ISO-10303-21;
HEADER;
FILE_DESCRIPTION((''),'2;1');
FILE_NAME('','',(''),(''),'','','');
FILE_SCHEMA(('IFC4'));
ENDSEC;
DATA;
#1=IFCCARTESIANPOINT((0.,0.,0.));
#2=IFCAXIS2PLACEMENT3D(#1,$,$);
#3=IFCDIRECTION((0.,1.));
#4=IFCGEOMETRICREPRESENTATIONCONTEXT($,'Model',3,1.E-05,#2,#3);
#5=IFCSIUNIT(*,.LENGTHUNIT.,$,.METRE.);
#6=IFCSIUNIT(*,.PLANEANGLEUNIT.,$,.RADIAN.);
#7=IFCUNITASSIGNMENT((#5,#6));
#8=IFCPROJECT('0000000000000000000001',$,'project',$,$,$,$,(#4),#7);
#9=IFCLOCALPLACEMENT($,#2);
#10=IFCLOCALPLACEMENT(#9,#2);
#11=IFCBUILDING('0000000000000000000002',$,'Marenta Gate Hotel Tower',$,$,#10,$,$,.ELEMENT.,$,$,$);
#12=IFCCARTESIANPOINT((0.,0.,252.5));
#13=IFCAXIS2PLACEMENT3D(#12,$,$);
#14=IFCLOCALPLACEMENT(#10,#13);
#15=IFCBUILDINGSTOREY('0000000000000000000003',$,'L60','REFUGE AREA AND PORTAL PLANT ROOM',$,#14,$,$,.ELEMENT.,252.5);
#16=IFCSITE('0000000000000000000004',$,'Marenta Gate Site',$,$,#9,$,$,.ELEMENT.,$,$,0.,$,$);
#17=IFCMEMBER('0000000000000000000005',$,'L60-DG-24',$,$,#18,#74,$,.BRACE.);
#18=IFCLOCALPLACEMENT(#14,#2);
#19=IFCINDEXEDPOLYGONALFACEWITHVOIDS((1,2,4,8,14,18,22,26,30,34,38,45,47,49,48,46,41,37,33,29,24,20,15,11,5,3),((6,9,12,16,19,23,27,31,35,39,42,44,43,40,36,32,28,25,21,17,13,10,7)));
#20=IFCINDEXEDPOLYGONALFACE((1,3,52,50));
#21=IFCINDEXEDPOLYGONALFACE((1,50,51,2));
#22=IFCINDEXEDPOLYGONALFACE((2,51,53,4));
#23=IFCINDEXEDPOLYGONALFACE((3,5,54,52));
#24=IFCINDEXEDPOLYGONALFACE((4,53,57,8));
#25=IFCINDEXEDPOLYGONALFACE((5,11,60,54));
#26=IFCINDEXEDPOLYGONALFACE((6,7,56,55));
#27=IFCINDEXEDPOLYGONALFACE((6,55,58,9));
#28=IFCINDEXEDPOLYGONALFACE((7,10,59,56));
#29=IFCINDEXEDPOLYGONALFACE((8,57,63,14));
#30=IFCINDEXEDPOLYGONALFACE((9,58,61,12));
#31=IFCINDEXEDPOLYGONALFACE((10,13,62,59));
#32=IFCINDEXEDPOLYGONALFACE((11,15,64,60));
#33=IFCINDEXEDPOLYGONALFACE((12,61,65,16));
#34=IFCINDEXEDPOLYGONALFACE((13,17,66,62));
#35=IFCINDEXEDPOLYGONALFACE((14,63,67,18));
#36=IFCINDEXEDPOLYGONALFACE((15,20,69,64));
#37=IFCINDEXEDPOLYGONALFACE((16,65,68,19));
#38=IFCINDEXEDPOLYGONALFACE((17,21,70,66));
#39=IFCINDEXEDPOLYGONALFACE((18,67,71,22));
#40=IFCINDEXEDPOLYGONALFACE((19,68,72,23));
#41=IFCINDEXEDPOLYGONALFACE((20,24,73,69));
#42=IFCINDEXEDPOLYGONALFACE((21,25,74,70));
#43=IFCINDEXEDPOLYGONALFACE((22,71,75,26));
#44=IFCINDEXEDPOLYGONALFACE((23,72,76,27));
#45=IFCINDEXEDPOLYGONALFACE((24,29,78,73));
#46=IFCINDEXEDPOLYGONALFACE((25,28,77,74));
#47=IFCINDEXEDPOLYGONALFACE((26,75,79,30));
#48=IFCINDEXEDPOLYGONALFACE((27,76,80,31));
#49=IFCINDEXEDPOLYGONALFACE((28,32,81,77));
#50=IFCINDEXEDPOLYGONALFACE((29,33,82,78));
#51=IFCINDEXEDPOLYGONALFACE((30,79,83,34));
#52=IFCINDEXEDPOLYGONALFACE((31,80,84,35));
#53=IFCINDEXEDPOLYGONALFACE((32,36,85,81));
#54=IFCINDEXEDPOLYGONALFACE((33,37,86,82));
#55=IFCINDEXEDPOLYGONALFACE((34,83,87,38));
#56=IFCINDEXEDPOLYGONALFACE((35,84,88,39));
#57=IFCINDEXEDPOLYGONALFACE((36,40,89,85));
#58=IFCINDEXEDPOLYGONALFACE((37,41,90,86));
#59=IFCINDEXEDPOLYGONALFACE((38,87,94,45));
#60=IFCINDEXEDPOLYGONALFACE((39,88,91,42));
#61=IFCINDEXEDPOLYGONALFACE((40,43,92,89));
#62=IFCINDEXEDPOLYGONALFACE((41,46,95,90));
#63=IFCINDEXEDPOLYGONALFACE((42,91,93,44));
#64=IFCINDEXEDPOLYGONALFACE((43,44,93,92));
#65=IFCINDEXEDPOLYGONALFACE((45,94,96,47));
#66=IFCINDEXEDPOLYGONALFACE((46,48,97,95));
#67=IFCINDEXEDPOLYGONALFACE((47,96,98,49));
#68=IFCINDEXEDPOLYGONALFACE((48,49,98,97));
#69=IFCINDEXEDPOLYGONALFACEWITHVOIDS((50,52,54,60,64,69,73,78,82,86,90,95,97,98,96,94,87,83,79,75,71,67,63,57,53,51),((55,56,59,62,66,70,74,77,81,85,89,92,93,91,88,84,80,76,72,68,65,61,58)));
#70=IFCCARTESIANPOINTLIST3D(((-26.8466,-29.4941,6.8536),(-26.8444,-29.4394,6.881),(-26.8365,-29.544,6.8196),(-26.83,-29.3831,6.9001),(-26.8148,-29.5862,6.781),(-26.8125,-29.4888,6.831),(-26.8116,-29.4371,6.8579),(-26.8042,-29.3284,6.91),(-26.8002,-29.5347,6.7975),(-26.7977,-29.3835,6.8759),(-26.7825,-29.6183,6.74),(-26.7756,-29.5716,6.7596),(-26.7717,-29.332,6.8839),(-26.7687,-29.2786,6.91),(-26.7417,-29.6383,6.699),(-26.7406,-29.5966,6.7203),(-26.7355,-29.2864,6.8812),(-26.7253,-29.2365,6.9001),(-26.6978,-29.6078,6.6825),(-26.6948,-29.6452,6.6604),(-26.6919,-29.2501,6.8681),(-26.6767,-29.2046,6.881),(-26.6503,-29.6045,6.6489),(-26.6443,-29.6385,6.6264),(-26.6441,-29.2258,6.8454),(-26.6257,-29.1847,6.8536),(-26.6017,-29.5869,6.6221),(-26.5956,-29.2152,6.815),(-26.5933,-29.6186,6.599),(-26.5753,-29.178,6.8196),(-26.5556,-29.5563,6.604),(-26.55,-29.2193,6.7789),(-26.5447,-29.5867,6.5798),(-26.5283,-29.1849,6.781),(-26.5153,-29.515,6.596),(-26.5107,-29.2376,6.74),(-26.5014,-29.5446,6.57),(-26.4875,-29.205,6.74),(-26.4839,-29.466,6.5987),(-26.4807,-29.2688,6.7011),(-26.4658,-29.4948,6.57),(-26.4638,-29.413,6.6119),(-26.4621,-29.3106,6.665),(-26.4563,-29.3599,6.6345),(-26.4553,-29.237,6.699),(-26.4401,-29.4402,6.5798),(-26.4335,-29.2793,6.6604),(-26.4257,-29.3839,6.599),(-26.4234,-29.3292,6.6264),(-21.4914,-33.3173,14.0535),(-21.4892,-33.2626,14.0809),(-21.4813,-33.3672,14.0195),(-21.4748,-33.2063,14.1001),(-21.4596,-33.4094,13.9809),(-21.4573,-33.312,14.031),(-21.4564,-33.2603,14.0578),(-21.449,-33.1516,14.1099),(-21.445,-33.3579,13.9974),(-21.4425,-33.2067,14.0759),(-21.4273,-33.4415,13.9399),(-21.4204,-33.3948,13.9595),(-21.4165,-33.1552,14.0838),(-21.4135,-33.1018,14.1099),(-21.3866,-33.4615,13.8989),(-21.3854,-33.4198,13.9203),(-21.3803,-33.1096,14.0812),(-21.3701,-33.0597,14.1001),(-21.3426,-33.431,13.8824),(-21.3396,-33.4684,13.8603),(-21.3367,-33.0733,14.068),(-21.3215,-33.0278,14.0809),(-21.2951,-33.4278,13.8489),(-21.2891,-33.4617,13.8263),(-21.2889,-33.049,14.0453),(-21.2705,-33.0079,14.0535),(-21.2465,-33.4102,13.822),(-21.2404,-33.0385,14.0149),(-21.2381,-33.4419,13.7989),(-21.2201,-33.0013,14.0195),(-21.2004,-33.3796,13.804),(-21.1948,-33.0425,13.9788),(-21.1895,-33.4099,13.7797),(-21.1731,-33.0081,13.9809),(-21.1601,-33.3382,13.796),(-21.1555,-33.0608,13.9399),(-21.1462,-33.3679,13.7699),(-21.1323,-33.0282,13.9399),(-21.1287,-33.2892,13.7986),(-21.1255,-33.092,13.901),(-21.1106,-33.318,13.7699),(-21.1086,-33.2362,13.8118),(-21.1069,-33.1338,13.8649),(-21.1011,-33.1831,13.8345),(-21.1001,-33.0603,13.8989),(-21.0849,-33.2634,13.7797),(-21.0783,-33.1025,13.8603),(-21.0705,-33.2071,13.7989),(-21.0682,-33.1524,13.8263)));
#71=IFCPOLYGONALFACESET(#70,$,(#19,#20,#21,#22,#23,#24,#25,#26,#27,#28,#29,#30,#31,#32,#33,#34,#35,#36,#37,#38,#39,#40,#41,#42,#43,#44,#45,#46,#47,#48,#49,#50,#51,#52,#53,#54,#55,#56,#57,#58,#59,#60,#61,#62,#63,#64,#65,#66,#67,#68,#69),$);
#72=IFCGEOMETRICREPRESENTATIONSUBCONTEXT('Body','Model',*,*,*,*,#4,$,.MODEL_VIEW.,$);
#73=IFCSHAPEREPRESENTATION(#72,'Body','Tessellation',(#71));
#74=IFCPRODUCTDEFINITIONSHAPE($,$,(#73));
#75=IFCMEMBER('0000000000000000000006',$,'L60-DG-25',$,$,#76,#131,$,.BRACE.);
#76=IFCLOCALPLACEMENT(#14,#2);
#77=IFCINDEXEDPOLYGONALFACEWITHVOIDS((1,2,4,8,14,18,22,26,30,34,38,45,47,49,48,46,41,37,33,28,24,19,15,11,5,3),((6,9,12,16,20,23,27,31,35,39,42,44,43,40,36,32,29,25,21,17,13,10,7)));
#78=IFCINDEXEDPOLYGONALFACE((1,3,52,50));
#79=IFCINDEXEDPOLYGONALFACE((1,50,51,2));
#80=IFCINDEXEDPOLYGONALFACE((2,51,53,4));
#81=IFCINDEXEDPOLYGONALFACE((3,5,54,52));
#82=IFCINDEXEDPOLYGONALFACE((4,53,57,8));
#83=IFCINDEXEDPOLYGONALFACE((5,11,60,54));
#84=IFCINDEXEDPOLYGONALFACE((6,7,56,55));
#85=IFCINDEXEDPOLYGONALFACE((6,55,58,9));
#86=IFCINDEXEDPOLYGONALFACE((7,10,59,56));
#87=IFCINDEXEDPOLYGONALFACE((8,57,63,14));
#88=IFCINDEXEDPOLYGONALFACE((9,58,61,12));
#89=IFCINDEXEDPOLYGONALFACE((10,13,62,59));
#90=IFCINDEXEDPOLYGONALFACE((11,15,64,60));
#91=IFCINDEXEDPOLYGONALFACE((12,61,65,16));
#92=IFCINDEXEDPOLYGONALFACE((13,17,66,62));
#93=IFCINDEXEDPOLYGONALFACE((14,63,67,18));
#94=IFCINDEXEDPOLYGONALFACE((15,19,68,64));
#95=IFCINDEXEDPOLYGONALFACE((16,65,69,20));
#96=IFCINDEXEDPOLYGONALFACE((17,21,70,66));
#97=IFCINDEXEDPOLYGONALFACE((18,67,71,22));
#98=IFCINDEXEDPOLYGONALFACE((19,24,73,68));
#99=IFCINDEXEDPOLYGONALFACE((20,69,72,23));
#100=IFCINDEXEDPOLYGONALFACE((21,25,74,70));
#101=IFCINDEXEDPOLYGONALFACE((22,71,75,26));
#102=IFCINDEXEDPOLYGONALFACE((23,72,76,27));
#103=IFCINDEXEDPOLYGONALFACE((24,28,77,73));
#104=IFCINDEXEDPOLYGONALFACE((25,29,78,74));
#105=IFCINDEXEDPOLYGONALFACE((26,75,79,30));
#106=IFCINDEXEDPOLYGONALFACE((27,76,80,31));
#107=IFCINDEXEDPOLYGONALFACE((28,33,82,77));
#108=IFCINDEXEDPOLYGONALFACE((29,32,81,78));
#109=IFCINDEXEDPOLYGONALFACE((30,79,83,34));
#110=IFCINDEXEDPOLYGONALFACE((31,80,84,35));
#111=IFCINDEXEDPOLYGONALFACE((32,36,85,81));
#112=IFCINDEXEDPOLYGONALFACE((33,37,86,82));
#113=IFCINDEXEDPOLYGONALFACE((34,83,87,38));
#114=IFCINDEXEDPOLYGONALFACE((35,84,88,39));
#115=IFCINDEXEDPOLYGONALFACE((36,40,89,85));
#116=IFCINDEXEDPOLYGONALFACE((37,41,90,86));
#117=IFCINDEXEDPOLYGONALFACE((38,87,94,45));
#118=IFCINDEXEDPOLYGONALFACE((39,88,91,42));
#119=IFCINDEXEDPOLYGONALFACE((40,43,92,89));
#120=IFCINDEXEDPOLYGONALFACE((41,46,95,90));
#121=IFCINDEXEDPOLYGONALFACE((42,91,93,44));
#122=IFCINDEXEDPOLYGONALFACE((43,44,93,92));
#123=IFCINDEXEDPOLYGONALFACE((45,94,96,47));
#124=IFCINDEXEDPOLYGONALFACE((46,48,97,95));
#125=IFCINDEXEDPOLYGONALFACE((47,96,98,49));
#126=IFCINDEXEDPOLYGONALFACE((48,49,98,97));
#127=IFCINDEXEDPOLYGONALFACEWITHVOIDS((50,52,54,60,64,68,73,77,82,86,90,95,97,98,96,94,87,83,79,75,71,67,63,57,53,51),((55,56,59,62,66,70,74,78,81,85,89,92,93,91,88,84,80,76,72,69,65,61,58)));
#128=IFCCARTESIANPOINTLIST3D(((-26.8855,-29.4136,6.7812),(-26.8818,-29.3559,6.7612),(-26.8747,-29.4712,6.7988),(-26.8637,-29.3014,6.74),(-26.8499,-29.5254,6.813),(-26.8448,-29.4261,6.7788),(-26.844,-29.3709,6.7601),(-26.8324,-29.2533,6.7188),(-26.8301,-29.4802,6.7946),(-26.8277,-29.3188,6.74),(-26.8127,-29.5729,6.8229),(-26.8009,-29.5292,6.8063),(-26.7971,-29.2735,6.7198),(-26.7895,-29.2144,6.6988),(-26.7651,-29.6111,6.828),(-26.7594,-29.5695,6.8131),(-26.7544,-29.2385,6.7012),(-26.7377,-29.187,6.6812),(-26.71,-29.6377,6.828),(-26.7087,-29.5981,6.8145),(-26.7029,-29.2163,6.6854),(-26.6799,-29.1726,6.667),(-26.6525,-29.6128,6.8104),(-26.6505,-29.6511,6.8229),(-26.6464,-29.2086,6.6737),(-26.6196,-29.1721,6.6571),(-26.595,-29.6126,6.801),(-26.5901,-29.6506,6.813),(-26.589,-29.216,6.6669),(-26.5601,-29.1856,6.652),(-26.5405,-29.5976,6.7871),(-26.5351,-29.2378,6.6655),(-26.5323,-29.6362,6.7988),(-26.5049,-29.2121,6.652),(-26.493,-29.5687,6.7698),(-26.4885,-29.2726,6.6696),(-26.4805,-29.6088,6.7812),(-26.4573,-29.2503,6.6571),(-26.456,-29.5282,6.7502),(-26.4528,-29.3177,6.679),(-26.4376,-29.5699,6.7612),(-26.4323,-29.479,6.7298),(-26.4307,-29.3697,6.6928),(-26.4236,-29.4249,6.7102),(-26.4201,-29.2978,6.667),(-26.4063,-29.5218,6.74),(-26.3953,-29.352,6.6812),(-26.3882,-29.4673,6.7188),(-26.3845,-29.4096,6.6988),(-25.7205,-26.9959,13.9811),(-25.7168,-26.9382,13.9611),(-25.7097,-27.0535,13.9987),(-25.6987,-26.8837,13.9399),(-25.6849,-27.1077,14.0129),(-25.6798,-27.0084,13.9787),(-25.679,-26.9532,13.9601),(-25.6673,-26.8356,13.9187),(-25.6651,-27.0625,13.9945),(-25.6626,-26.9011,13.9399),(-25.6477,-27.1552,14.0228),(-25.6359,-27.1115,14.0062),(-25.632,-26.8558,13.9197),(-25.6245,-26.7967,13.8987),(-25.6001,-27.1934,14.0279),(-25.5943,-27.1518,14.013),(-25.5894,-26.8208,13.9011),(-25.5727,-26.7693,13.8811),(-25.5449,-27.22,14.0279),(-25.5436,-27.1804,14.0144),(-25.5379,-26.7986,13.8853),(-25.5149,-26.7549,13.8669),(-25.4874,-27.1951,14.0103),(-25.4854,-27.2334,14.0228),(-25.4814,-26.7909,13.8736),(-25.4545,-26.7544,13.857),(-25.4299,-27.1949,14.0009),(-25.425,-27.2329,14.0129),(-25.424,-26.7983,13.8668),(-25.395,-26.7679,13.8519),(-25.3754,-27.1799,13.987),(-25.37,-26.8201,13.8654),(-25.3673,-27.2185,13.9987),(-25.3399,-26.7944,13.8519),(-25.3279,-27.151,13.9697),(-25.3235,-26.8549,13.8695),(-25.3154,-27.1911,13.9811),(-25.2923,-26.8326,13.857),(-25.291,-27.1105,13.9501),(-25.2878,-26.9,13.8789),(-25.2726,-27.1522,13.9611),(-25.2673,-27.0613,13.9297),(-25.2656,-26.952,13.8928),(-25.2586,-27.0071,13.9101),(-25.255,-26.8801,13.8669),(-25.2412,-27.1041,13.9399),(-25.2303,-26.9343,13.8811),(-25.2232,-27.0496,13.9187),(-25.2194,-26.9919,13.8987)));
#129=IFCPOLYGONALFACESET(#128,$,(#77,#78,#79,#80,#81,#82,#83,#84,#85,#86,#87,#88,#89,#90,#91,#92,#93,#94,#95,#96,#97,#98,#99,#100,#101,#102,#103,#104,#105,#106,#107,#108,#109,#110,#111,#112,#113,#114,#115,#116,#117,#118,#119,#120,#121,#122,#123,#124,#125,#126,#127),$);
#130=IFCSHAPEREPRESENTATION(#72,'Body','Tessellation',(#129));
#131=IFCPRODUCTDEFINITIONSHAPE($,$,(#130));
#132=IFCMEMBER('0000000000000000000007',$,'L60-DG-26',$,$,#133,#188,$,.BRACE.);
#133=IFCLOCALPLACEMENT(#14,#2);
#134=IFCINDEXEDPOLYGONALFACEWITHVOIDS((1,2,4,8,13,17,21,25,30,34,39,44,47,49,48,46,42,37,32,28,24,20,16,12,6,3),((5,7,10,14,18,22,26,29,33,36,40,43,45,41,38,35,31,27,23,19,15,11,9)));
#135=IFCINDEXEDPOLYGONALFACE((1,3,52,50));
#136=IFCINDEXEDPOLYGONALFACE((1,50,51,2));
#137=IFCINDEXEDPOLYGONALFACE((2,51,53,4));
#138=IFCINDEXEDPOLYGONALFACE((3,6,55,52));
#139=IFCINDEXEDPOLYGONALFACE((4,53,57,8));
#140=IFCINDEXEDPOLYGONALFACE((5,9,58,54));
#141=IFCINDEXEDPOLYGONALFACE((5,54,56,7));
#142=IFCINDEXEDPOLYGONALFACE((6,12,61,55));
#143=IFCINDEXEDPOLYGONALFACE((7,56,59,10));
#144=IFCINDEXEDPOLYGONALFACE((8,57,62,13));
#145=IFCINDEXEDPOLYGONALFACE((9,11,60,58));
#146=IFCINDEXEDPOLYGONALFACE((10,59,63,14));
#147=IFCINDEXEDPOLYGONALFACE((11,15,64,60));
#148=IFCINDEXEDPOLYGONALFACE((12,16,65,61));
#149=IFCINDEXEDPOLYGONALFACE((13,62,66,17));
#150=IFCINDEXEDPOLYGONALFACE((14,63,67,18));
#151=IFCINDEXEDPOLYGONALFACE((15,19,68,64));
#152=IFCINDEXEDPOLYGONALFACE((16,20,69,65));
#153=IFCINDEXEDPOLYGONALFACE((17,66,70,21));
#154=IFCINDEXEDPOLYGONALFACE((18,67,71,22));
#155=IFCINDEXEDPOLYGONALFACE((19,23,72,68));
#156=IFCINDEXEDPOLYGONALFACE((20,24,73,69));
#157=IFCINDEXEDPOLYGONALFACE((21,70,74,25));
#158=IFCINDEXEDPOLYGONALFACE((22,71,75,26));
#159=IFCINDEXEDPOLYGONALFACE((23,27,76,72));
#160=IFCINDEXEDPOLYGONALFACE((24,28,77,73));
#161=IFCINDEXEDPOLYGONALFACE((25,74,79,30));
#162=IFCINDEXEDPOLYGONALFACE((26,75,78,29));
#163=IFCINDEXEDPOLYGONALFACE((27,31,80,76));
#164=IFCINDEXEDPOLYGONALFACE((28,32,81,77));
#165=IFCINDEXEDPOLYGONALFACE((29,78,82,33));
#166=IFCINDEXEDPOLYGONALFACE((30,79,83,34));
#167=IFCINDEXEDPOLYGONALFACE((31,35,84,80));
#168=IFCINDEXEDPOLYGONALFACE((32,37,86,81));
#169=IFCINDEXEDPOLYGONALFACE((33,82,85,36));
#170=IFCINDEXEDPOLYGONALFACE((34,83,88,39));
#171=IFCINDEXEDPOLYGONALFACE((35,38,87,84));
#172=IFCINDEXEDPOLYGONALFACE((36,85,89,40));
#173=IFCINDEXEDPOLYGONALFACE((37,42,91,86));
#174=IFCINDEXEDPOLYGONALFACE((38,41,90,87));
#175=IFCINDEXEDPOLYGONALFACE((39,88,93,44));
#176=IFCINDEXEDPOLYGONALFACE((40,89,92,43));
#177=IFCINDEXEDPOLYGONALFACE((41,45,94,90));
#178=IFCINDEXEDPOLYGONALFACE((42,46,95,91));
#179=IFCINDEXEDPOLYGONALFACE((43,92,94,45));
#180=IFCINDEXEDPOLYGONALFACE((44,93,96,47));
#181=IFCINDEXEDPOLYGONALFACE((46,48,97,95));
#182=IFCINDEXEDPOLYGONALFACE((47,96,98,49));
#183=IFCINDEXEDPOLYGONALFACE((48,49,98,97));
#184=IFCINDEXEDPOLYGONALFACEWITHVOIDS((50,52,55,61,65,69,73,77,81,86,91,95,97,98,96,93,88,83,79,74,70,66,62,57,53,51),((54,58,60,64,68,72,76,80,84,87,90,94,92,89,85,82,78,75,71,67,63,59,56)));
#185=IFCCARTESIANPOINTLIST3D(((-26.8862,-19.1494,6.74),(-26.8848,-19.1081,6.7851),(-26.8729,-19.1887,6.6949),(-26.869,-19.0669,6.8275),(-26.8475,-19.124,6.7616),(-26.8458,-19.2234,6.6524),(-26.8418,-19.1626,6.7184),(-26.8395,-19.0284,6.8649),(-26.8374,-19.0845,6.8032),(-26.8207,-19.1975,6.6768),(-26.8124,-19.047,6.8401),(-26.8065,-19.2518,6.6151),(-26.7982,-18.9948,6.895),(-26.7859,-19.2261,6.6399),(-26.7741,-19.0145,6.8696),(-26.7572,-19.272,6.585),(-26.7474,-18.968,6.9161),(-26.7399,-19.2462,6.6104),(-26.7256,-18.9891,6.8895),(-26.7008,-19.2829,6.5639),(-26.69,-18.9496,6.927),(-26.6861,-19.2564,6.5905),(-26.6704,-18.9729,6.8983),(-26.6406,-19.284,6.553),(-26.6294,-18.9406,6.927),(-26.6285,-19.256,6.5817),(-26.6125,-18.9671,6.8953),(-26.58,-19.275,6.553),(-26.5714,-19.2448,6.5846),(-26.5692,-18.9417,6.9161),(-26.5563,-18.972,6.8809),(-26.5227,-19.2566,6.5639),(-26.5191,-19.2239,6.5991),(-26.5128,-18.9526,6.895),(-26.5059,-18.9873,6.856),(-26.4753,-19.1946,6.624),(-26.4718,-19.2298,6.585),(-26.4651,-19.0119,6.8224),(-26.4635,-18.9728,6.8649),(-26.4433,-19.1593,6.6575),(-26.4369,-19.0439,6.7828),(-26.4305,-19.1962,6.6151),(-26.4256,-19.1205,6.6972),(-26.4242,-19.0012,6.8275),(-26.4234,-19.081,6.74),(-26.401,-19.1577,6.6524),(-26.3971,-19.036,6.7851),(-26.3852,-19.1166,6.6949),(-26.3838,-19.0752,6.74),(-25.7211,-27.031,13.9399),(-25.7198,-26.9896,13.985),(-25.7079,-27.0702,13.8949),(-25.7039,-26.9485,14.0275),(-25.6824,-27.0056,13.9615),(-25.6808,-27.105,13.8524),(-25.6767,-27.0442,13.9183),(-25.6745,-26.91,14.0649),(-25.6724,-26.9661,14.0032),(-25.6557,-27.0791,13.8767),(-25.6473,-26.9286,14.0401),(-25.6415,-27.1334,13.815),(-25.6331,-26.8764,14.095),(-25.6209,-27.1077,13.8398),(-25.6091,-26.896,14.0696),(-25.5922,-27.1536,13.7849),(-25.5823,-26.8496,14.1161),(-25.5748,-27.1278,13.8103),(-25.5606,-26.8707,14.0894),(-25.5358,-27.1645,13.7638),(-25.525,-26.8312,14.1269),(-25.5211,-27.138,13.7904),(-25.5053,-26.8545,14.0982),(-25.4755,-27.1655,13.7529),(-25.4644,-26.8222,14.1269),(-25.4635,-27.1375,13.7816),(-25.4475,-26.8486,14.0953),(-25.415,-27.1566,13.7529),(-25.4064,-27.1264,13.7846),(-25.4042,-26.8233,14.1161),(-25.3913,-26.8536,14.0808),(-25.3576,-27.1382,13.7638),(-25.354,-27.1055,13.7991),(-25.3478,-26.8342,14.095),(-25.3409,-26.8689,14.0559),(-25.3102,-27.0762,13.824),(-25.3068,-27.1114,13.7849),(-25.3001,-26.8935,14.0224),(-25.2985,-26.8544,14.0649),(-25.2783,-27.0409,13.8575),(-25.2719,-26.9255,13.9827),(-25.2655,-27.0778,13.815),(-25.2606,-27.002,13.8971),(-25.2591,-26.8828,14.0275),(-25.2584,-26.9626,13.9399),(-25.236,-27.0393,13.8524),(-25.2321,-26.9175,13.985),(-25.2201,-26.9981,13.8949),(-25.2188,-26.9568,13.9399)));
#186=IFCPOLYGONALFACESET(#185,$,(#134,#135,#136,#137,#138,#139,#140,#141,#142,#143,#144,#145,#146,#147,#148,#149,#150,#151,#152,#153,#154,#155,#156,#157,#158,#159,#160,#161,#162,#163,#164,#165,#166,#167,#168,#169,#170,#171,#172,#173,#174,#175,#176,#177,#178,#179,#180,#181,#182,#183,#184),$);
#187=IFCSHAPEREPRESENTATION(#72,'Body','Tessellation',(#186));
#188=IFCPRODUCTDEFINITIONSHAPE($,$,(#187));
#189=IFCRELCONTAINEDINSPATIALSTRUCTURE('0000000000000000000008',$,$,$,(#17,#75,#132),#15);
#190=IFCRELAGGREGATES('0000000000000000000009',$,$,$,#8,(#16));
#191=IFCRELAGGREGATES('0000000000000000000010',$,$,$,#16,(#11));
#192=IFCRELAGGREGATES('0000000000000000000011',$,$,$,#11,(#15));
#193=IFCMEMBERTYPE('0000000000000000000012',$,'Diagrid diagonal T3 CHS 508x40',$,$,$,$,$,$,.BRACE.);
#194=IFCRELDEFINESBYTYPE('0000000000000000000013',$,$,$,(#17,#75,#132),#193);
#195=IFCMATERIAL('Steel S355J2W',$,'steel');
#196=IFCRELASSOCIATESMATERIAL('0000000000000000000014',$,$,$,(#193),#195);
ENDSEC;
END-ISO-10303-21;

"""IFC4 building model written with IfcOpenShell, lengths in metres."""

from ifc_helpers import new_model, si_unit, direction, frame, origin, origin_2d, place, context, subcontext, project, spatial, hollow_circle, extrude, material, material_profile, profile_set, type_object, element, save


model = new_model("IFC4")

# Units and contexts
model_context = context("Model", 3, precision=1e-05, world=origin(), true_north=direction((0.0, 1.0)))
body_context = subcontext(model_context, "Body", "Model", "MODEL_VIEW")
ifc_project = project(units=[si_unit("LENGTHUNIT", "METRE"), si_unit("PLANEANGLEUNIT", "RADIAN")], contexts=[model_context])

# Site, building, storey
site_placement = place(None, origin())
site = spatial("IfcSite", under=ifc_project, at=site_placement, Name="Marenta Gate Site", CompositionType="ELEMENT", RefElevation=0.0)
building_placement = place(site_placement, origin())
building = spatial("IfcBuilding", under=site, at=building_placement, Name="Marenta Gate Hotel Tower", CompositionType="ELEMENT")
storey_placement = place(building_placement, frame((0.0, 0.0, 252.5)))
storey = spatial("IfcBuildingStorey", under=building, at=storey_placement, Name="L60", Description="REFUGE AREA AND PORTAL PLANT ROOM", CompositionType="ELEMENT", Elevation=252.5)

# Members
ifc_material_1 = material(Name="Steel S355J2W", Category="steel")
ifc_material_profile_1 = material_profile(ifc_material_1, hollow_circle(Radius=0.2539, WallThickness=0.04, at=origin_2d()), Name="CHS 508x40")
ifc_profile_set_1 = profile_set([ifc_material_profile_1], Name="Steel S355J2W")
member_type_1 = type_object("IfcMemberType", Name="Diagrid diagonal T3 CHS 508x40", PredefinedType="BRACE", material=ifc_profile_set_1)
member_1_placement = place(storey_placement, frame((-26.635, -29.4116, 6.74), z_axis=(0.549045, -0.391978, 0.738175), x_axis=(0.581045, 0.813871, 0.0)))
element("IfcMember", 1, at=member_1_placement, inside=storey, type_object=member_type_1, Name="L60-DG-24", PredefinedType="BRACE", context=body_context, shape_type="SweptSolid", body=[
    extrude(hollow_circle(Radius=0.2539, WallThickness=0.04, at=origin_2d()), origin(), (0.0, 0.0, 1.0), 9.7537),
])
member_2_placement = place(storey_placement, frame((-26.635, -29.4116, 6.74), z_axis=(0.151621, 0.314649, 0.93702), x_axis=(-0.900863, 0.434103, 0.0)))
element("IfcMember", 2, at=member_2_placement, inside=storey, type_object=member_type_1, Name="L60-DG-25", PredefinedType="BRACE", context=body_context, shape_type="SweptSolid", body=[
    extrude(hollow_circle(Radius=0.2539, WallThickness=0.04, at=origin_2d()), origin(), (0.0, 0.0, 1.0), 7.6838),
])
member_3_placement = place(storey_placement, frame((-26.635, -19.1123, 6.74), z_axis=(0.108491, -0.733954, 0.670478), x_axis=(0.989251, 0.146229, 0.0)))
element("IfcMember", 3, at=member_3_placement, inside=storey, type_object=member_type_1, Name="L60-DG-26", PredefinedType="BRACE", context=body_context, shape_type="SweptSolid", body=[
    extrude(hollow_circle(Radius=0.2539, WallThickness=0.04, at=origin_2d()), origin(), (0.0, 0.0, 1.0), 10.7385),
])

save(model, "model.ifc")
